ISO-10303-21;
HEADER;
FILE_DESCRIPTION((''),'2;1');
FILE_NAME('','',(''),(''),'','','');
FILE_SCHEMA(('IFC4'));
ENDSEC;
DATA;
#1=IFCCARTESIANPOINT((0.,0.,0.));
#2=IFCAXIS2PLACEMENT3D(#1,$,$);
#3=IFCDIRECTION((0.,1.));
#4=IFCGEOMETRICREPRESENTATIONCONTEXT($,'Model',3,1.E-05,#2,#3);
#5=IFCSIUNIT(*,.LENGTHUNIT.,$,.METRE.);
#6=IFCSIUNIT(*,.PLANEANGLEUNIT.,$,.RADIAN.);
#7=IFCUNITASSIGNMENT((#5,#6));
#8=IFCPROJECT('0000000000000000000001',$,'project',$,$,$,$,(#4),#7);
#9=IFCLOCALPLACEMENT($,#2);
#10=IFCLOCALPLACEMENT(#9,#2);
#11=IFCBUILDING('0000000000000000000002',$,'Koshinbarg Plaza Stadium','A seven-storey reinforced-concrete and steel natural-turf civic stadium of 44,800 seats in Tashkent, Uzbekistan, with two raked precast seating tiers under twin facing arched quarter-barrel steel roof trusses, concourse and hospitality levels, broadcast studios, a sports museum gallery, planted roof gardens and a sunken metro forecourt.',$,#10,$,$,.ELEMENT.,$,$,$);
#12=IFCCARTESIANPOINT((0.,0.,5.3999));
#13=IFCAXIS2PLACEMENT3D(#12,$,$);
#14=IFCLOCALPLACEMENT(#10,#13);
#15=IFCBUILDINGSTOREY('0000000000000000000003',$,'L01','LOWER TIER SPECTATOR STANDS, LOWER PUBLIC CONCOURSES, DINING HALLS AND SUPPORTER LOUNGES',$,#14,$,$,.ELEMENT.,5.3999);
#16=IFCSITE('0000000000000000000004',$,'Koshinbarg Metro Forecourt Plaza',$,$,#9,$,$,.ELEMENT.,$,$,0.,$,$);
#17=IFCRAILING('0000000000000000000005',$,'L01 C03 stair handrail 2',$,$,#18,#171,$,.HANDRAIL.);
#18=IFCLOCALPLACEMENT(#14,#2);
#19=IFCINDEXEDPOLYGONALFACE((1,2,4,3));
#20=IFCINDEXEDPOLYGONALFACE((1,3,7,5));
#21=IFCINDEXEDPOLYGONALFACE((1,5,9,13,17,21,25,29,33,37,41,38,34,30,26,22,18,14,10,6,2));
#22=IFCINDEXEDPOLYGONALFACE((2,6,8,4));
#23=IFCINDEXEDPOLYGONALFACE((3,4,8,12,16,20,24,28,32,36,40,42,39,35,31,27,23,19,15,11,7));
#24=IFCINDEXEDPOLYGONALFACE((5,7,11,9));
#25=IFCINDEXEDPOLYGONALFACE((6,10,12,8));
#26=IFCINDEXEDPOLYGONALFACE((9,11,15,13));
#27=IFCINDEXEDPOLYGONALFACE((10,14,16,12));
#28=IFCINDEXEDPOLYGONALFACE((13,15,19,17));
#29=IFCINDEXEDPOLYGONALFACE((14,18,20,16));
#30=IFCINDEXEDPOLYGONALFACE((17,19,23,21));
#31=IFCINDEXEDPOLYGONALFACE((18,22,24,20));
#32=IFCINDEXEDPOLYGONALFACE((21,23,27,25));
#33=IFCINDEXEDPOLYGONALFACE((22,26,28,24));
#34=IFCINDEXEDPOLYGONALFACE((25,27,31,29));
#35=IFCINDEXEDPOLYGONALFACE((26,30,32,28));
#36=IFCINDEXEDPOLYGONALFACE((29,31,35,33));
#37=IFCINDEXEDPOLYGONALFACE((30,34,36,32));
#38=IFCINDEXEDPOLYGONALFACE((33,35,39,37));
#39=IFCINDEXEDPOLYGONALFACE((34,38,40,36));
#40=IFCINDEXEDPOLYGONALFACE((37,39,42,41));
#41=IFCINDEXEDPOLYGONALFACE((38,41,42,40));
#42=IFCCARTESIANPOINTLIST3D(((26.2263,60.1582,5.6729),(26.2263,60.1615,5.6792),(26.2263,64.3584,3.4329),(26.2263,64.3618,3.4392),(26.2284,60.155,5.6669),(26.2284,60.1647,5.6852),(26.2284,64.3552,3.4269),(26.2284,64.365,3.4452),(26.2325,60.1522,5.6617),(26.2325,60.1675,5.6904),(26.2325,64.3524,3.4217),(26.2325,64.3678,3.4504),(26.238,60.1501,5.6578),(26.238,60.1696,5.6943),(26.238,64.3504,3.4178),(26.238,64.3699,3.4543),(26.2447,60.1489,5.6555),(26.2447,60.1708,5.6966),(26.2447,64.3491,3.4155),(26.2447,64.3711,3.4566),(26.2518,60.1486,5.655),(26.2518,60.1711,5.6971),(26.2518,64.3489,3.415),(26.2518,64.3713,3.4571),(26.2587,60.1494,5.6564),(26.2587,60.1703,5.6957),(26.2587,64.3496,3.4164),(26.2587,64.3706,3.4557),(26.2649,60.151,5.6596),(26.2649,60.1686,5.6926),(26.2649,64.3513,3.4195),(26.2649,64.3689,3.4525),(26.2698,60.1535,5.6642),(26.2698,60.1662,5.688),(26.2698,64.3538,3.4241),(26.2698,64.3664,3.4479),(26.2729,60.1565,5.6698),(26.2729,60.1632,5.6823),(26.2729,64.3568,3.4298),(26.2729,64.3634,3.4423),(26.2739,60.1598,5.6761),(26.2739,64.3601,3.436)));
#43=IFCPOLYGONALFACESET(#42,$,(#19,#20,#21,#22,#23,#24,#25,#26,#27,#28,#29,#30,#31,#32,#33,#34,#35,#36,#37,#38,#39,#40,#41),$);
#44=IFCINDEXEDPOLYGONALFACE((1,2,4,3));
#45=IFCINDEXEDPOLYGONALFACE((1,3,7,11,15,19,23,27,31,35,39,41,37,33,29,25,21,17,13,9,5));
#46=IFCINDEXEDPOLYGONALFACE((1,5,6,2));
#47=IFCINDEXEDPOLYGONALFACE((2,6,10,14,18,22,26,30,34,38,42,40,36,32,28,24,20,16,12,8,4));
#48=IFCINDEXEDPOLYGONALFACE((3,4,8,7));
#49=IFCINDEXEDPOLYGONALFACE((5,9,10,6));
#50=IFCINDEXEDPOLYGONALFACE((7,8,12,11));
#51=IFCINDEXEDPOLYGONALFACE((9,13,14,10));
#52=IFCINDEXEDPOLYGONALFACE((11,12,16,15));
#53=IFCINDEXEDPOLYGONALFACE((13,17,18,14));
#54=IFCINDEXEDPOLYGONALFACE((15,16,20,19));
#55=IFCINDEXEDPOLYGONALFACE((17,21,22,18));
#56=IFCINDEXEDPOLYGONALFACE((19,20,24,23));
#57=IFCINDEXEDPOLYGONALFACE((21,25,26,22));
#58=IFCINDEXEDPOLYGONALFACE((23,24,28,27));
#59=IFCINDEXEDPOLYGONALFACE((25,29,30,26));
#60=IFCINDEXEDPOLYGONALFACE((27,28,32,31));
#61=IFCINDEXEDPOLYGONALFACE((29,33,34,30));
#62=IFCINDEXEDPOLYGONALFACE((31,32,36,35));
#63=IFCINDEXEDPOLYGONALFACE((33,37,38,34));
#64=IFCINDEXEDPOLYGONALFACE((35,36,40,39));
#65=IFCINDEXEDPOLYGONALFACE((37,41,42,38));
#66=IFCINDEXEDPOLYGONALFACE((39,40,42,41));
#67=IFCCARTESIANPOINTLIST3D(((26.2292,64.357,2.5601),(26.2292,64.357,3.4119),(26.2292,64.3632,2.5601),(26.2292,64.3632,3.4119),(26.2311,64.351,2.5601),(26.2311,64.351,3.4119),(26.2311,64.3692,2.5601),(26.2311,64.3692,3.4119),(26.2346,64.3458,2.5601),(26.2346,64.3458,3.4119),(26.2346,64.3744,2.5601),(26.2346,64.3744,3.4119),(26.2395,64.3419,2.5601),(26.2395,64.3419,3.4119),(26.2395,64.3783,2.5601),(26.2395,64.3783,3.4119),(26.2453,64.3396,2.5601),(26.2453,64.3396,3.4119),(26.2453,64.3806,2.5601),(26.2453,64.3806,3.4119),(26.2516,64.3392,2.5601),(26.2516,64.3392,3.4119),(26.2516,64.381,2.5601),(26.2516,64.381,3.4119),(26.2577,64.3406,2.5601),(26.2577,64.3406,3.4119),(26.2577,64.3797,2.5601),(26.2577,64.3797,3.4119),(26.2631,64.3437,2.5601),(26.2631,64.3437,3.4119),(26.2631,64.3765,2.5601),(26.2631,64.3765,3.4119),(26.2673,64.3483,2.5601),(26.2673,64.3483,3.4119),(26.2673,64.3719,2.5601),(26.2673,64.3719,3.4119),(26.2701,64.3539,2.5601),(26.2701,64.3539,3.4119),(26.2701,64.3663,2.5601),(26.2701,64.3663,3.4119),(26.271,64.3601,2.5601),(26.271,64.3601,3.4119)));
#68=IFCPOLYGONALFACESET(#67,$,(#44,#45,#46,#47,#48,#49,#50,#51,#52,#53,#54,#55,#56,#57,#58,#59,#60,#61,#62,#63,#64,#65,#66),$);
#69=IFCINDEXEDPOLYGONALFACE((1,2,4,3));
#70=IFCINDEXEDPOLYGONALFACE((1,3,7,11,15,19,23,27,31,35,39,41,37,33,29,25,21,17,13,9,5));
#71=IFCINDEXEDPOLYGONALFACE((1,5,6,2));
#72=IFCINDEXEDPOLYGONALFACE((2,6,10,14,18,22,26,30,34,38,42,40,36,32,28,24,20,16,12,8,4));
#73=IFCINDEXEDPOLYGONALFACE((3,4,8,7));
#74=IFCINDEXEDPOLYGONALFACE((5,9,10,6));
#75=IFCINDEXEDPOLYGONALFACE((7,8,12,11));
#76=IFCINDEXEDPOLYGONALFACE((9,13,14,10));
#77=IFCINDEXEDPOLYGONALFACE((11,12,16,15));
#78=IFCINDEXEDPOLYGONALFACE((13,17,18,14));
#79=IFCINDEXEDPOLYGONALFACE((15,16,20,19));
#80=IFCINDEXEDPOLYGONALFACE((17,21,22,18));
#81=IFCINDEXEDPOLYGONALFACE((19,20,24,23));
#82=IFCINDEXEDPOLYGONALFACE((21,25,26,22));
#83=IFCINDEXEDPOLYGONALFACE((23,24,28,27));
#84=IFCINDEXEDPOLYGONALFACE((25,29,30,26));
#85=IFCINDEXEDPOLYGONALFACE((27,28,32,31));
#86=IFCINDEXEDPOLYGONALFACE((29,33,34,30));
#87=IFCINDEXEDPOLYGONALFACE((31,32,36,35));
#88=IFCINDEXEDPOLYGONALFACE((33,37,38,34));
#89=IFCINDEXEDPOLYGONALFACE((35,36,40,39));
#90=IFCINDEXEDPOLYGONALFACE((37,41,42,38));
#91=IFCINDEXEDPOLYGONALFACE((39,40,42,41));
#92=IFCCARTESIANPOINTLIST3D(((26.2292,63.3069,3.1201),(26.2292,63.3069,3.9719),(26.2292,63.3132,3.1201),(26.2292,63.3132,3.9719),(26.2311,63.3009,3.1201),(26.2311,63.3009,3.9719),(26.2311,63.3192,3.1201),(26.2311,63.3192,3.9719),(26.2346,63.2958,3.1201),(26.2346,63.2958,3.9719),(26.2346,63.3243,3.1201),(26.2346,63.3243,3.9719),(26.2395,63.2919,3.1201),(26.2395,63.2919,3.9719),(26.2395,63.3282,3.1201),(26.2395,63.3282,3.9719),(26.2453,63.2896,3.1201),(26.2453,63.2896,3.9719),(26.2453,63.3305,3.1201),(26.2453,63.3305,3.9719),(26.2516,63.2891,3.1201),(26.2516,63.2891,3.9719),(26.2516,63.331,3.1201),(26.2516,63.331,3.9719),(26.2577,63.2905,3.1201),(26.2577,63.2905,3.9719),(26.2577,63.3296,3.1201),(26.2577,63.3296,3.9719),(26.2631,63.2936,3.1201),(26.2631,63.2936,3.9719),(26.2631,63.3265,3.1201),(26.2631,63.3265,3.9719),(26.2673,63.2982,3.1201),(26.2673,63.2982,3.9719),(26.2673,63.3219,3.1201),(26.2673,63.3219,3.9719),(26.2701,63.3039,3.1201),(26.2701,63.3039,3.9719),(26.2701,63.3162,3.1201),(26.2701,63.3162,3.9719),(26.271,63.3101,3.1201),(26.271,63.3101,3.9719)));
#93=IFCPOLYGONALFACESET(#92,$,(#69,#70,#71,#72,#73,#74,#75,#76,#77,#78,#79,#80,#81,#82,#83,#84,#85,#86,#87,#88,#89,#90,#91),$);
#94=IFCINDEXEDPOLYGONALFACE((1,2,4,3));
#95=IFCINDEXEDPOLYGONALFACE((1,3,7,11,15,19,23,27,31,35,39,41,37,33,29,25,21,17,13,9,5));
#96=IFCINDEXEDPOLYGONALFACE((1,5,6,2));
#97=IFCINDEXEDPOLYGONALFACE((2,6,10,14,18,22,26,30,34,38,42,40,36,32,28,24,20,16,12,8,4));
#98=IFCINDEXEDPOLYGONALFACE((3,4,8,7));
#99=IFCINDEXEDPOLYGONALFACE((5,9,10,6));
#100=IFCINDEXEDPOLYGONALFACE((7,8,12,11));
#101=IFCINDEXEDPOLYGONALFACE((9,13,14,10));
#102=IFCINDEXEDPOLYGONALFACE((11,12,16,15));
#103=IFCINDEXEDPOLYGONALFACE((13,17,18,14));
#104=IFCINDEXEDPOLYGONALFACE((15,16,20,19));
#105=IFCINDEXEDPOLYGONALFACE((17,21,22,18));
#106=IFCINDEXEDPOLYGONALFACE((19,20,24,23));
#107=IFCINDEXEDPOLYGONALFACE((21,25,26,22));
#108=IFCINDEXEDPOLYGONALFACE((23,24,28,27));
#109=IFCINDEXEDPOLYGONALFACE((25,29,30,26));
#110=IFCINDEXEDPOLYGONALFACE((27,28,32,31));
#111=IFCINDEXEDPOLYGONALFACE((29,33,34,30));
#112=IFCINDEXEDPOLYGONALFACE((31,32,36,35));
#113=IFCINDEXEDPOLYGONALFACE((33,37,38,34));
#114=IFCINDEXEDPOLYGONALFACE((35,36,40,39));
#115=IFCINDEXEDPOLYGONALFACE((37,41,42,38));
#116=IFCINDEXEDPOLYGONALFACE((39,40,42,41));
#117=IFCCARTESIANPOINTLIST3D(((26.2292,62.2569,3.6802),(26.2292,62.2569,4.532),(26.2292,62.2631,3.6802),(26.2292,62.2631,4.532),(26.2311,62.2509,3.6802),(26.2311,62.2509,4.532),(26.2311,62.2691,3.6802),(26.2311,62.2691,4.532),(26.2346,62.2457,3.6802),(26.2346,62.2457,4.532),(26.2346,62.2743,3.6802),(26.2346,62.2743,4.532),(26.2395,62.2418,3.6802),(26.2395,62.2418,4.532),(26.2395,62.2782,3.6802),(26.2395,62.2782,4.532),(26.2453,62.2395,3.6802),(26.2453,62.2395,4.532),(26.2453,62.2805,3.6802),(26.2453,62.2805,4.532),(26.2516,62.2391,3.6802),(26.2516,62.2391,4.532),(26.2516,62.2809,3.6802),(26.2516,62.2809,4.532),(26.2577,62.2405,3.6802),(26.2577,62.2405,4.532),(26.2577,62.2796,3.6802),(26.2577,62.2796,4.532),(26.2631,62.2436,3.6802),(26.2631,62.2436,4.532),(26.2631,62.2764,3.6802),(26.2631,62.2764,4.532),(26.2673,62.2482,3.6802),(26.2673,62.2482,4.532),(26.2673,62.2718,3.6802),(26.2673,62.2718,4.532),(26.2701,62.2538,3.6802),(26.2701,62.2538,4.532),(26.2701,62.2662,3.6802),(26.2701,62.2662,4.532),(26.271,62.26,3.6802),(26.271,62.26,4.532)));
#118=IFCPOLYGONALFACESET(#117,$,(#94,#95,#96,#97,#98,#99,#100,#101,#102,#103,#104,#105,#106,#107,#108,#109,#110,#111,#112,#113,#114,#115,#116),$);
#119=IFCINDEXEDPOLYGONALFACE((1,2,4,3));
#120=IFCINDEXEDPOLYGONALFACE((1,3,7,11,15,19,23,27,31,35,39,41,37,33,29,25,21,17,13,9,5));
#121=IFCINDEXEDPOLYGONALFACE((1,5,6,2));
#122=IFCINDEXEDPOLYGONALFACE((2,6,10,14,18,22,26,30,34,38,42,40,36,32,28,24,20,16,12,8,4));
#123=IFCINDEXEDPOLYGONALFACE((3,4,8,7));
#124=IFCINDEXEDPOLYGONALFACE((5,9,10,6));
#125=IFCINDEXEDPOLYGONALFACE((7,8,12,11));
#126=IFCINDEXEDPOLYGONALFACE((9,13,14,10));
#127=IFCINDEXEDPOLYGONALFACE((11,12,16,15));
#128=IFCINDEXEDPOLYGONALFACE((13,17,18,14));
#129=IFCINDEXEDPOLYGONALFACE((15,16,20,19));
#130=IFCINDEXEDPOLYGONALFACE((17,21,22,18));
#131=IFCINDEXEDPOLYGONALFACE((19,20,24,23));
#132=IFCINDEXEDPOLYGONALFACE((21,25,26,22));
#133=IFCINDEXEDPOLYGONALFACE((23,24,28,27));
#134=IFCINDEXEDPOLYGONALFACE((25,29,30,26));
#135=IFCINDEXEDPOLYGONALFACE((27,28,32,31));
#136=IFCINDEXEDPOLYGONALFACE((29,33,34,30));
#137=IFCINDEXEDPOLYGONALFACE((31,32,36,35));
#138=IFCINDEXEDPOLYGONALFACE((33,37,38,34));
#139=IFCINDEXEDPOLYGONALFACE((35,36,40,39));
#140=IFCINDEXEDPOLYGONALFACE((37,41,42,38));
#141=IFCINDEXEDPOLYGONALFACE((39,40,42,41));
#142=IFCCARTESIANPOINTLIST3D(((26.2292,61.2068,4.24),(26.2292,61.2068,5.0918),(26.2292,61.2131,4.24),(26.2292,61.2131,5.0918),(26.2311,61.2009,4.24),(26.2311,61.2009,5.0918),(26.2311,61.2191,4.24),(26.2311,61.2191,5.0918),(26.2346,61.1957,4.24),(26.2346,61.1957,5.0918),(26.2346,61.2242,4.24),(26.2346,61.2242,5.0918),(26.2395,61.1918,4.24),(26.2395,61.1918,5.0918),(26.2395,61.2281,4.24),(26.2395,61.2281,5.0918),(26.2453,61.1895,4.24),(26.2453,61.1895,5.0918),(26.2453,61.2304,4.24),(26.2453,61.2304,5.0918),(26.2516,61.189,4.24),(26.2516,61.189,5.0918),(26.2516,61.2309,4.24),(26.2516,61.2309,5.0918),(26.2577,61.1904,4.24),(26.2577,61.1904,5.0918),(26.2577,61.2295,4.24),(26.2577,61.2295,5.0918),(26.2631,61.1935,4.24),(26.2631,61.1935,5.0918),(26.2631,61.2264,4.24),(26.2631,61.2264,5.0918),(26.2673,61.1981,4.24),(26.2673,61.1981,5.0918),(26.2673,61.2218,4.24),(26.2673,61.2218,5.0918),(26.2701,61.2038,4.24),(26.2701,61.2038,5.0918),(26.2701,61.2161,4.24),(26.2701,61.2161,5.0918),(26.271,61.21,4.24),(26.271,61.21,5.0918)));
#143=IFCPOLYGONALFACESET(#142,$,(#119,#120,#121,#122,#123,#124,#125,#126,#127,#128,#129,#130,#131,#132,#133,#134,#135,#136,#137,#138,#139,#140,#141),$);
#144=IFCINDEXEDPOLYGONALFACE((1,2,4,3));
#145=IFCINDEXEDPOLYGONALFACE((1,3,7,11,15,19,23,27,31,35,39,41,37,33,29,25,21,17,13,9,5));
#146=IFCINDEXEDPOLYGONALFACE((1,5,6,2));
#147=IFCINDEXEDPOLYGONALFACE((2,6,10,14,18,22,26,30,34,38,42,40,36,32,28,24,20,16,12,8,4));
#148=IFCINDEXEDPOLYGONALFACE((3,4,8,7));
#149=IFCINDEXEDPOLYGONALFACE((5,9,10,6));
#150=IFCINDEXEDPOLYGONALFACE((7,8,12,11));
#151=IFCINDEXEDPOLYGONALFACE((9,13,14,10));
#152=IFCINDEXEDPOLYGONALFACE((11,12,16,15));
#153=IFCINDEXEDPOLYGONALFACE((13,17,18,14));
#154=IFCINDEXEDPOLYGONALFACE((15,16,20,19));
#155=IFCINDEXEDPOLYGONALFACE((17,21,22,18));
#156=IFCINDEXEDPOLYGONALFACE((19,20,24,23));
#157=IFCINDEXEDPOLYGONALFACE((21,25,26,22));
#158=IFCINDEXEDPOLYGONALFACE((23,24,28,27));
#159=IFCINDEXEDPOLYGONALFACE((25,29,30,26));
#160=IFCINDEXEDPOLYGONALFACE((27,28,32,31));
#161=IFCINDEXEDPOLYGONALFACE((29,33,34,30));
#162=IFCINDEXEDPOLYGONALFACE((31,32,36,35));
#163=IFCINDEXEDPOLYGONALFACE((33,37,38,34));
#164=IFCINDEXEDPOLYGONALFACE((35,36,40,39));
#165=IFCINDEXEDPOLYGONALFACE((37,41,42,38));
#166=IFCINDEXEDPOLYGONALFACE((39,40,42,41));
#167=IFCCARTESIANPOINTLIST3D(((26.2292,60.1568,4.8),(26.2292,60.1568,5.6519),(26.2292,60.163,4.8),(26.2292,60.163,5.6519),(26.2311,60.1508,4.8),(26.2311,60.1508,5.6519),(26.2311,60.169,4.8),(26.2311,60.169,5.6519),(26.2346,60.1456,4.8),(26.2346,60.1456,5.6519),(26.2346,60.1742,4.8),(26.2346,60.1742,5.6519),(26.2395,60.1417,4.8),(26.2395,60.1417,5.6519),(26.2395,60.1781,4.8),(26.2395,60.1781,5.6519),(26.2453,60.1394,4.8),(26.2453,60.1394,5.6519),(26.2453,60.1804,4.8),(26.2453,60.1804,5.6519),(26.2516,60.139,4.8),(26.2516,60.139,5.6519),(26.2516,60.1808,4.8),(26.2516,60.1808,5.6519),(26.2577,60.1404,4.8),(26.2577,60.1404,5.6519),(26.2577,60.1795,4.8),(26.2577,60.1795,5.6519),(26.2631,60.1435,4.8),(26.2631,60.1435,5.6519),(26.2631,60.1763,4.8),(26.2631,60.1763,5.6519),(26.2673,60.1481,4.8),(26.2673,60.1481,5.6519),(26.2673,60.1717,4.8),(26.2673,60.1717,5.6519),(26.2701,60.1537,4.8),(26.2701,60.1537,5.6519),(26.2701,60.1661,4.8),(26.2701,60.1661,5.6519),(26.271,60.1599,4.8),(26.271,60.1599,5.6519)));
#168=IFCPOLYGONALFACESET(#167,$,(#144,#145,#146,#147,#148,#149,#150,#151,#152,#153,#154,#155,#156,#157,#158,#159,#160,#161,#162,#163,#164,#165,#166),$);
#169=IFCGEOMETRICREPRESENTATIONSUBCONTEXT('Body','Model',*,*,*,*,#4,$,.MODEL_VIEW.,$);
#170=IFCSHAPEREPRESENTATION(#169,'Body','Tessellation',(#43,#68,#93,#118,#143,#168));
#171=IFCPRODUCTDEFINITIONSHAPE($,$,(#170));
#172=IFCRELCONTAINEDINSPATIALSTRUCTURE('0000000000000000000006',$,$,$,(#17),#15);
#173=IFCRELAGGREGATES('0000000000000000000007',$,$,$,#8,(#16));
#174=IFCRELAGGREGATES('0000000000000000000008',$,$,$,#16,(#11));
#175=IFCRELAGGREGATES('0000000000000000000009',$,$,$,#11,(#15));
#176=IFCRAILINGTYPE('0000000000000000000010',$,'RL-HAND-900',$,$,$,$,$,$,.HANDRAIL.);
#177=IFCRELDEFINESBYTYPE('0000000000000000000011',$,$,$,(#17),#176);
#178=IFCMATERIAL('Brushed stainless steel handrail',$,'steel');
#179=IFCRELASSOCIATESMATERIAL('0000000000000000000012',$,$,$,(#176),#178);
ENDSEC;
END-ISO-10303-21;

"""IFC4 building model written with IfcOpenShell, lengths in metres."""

from ifc_helpers import new_model, si_unit, direction, frame, origin, origin_2d, place, context, subcontext, project, spatial, circle, extrude, material, type_object, element, save


model = new_model("IFC4")

# Units and contexts
model_context = context("Model", 3, precision=1e-05, world=origin(), true_north=direction((0.0, 1.0)))
body_context = subcontext(model_context, "Body", "Model", "MODEL_VIEW")
ifc_project = project(units=[si_unit("LENGTHUNIT", "METRE"), si_unit("PLANEANGLEUNIT", "RADIAN")], contexts=[model_context])

# Site, building, storey
site_placement = place(None, origin())
site = spatial("IfcSite", under=ifc_project, at=site_placement, Name="Koshinbarg Metro Forecourt Plaza", CompositionType="ELEMENT", RefElevation=0.0)
building_placement = place(site_placement, origin())
building = spatial("IfcBuilding", under=site, at=building_placement, Name="Koshinbarg Plaza Stadium", Description="A seven-storey reinforced-concrete and steel natural-turf civic stadium of 44,800 seats in Tashkent, Uzbekistan, with two raked precast seating tiers under twin facing arched quarter-barrel steel roof trusses, concourse and hospitality levels, broadcast studios, a sports museum gallery, planted roof gardens and a sunken metro forecourt.", CompositionType="ELEMENT")
storey_placement = place(building_placement, frame((0.0, 0.0, 5.3999)))
storey = spatial("IfcBuildingStorey", under=building, at=storey_placement, Name="L01", Description="LOWER TIER SPECTATOR STANDS, LOWER PUBLIC CONCOURSES, DINING HALLS AND SUPPORTER LOUNGES", CompositionType="ELEMENT", Elevation=5.3999)

# Railing
ifc_material_1 = material(Name="Brushed stainless steel handrail", Category="steel")
railing_type_1 = type_object("IfcRailingType", Name="RL-HAND-900", PredefinedType="HANDRAIL", material=ifc_material_1)
railing_1_placement = place(storey_placement, frame((26.25, 64.3601, 2.5601)))
element("IfcRailing", 1, at=railing_1_placement, inside=storey, type_object=railing_type_1, Name="L01 C03 stair handrail 2", PredefinedType="HANDRAIL", context=body_context, shape_type="SweptSolid", body=[
    extrude(circle(Radius=0.0239, at=origin_2d()), frame((0.0, 0.0, 0.876), z_axis=(0.0, -0.882363, 0.47057), x_axis=(1.0, 0.0, 0.0)), (0.0, 0.0, 1.0), 4.7603),
    extrude(circle(Radius=0.021, at=origin_2d()), origin(), (0.0, 0.0, 1.0), 0.8518),
    extrude(circle(Radius=0.021, at=origin_2d()), frame((0.0, -1.05, 0.5601)), (0.0, 0.0, 1.0), 0.8518),
    extrude(circle(Radius=0.021, at=origin_2d()), frame((0.0, -2.1001, 1.1201)), (0.0, 0.0, 1.0), 0.8518),
    extrude(circle(Radius=0.021, at=origin_2d()), frame((0.0, -3.1501, 1.6799)), (0.0, 0.0, 1.0), 0.8518),
    extrude(circle(Radius=0.021, at=origin_2d()), frame((0.0, -4.2002, 2.24)), (0.0, 0.0, 1.0), 0.8518),
])

save(model, "model.ifc")
